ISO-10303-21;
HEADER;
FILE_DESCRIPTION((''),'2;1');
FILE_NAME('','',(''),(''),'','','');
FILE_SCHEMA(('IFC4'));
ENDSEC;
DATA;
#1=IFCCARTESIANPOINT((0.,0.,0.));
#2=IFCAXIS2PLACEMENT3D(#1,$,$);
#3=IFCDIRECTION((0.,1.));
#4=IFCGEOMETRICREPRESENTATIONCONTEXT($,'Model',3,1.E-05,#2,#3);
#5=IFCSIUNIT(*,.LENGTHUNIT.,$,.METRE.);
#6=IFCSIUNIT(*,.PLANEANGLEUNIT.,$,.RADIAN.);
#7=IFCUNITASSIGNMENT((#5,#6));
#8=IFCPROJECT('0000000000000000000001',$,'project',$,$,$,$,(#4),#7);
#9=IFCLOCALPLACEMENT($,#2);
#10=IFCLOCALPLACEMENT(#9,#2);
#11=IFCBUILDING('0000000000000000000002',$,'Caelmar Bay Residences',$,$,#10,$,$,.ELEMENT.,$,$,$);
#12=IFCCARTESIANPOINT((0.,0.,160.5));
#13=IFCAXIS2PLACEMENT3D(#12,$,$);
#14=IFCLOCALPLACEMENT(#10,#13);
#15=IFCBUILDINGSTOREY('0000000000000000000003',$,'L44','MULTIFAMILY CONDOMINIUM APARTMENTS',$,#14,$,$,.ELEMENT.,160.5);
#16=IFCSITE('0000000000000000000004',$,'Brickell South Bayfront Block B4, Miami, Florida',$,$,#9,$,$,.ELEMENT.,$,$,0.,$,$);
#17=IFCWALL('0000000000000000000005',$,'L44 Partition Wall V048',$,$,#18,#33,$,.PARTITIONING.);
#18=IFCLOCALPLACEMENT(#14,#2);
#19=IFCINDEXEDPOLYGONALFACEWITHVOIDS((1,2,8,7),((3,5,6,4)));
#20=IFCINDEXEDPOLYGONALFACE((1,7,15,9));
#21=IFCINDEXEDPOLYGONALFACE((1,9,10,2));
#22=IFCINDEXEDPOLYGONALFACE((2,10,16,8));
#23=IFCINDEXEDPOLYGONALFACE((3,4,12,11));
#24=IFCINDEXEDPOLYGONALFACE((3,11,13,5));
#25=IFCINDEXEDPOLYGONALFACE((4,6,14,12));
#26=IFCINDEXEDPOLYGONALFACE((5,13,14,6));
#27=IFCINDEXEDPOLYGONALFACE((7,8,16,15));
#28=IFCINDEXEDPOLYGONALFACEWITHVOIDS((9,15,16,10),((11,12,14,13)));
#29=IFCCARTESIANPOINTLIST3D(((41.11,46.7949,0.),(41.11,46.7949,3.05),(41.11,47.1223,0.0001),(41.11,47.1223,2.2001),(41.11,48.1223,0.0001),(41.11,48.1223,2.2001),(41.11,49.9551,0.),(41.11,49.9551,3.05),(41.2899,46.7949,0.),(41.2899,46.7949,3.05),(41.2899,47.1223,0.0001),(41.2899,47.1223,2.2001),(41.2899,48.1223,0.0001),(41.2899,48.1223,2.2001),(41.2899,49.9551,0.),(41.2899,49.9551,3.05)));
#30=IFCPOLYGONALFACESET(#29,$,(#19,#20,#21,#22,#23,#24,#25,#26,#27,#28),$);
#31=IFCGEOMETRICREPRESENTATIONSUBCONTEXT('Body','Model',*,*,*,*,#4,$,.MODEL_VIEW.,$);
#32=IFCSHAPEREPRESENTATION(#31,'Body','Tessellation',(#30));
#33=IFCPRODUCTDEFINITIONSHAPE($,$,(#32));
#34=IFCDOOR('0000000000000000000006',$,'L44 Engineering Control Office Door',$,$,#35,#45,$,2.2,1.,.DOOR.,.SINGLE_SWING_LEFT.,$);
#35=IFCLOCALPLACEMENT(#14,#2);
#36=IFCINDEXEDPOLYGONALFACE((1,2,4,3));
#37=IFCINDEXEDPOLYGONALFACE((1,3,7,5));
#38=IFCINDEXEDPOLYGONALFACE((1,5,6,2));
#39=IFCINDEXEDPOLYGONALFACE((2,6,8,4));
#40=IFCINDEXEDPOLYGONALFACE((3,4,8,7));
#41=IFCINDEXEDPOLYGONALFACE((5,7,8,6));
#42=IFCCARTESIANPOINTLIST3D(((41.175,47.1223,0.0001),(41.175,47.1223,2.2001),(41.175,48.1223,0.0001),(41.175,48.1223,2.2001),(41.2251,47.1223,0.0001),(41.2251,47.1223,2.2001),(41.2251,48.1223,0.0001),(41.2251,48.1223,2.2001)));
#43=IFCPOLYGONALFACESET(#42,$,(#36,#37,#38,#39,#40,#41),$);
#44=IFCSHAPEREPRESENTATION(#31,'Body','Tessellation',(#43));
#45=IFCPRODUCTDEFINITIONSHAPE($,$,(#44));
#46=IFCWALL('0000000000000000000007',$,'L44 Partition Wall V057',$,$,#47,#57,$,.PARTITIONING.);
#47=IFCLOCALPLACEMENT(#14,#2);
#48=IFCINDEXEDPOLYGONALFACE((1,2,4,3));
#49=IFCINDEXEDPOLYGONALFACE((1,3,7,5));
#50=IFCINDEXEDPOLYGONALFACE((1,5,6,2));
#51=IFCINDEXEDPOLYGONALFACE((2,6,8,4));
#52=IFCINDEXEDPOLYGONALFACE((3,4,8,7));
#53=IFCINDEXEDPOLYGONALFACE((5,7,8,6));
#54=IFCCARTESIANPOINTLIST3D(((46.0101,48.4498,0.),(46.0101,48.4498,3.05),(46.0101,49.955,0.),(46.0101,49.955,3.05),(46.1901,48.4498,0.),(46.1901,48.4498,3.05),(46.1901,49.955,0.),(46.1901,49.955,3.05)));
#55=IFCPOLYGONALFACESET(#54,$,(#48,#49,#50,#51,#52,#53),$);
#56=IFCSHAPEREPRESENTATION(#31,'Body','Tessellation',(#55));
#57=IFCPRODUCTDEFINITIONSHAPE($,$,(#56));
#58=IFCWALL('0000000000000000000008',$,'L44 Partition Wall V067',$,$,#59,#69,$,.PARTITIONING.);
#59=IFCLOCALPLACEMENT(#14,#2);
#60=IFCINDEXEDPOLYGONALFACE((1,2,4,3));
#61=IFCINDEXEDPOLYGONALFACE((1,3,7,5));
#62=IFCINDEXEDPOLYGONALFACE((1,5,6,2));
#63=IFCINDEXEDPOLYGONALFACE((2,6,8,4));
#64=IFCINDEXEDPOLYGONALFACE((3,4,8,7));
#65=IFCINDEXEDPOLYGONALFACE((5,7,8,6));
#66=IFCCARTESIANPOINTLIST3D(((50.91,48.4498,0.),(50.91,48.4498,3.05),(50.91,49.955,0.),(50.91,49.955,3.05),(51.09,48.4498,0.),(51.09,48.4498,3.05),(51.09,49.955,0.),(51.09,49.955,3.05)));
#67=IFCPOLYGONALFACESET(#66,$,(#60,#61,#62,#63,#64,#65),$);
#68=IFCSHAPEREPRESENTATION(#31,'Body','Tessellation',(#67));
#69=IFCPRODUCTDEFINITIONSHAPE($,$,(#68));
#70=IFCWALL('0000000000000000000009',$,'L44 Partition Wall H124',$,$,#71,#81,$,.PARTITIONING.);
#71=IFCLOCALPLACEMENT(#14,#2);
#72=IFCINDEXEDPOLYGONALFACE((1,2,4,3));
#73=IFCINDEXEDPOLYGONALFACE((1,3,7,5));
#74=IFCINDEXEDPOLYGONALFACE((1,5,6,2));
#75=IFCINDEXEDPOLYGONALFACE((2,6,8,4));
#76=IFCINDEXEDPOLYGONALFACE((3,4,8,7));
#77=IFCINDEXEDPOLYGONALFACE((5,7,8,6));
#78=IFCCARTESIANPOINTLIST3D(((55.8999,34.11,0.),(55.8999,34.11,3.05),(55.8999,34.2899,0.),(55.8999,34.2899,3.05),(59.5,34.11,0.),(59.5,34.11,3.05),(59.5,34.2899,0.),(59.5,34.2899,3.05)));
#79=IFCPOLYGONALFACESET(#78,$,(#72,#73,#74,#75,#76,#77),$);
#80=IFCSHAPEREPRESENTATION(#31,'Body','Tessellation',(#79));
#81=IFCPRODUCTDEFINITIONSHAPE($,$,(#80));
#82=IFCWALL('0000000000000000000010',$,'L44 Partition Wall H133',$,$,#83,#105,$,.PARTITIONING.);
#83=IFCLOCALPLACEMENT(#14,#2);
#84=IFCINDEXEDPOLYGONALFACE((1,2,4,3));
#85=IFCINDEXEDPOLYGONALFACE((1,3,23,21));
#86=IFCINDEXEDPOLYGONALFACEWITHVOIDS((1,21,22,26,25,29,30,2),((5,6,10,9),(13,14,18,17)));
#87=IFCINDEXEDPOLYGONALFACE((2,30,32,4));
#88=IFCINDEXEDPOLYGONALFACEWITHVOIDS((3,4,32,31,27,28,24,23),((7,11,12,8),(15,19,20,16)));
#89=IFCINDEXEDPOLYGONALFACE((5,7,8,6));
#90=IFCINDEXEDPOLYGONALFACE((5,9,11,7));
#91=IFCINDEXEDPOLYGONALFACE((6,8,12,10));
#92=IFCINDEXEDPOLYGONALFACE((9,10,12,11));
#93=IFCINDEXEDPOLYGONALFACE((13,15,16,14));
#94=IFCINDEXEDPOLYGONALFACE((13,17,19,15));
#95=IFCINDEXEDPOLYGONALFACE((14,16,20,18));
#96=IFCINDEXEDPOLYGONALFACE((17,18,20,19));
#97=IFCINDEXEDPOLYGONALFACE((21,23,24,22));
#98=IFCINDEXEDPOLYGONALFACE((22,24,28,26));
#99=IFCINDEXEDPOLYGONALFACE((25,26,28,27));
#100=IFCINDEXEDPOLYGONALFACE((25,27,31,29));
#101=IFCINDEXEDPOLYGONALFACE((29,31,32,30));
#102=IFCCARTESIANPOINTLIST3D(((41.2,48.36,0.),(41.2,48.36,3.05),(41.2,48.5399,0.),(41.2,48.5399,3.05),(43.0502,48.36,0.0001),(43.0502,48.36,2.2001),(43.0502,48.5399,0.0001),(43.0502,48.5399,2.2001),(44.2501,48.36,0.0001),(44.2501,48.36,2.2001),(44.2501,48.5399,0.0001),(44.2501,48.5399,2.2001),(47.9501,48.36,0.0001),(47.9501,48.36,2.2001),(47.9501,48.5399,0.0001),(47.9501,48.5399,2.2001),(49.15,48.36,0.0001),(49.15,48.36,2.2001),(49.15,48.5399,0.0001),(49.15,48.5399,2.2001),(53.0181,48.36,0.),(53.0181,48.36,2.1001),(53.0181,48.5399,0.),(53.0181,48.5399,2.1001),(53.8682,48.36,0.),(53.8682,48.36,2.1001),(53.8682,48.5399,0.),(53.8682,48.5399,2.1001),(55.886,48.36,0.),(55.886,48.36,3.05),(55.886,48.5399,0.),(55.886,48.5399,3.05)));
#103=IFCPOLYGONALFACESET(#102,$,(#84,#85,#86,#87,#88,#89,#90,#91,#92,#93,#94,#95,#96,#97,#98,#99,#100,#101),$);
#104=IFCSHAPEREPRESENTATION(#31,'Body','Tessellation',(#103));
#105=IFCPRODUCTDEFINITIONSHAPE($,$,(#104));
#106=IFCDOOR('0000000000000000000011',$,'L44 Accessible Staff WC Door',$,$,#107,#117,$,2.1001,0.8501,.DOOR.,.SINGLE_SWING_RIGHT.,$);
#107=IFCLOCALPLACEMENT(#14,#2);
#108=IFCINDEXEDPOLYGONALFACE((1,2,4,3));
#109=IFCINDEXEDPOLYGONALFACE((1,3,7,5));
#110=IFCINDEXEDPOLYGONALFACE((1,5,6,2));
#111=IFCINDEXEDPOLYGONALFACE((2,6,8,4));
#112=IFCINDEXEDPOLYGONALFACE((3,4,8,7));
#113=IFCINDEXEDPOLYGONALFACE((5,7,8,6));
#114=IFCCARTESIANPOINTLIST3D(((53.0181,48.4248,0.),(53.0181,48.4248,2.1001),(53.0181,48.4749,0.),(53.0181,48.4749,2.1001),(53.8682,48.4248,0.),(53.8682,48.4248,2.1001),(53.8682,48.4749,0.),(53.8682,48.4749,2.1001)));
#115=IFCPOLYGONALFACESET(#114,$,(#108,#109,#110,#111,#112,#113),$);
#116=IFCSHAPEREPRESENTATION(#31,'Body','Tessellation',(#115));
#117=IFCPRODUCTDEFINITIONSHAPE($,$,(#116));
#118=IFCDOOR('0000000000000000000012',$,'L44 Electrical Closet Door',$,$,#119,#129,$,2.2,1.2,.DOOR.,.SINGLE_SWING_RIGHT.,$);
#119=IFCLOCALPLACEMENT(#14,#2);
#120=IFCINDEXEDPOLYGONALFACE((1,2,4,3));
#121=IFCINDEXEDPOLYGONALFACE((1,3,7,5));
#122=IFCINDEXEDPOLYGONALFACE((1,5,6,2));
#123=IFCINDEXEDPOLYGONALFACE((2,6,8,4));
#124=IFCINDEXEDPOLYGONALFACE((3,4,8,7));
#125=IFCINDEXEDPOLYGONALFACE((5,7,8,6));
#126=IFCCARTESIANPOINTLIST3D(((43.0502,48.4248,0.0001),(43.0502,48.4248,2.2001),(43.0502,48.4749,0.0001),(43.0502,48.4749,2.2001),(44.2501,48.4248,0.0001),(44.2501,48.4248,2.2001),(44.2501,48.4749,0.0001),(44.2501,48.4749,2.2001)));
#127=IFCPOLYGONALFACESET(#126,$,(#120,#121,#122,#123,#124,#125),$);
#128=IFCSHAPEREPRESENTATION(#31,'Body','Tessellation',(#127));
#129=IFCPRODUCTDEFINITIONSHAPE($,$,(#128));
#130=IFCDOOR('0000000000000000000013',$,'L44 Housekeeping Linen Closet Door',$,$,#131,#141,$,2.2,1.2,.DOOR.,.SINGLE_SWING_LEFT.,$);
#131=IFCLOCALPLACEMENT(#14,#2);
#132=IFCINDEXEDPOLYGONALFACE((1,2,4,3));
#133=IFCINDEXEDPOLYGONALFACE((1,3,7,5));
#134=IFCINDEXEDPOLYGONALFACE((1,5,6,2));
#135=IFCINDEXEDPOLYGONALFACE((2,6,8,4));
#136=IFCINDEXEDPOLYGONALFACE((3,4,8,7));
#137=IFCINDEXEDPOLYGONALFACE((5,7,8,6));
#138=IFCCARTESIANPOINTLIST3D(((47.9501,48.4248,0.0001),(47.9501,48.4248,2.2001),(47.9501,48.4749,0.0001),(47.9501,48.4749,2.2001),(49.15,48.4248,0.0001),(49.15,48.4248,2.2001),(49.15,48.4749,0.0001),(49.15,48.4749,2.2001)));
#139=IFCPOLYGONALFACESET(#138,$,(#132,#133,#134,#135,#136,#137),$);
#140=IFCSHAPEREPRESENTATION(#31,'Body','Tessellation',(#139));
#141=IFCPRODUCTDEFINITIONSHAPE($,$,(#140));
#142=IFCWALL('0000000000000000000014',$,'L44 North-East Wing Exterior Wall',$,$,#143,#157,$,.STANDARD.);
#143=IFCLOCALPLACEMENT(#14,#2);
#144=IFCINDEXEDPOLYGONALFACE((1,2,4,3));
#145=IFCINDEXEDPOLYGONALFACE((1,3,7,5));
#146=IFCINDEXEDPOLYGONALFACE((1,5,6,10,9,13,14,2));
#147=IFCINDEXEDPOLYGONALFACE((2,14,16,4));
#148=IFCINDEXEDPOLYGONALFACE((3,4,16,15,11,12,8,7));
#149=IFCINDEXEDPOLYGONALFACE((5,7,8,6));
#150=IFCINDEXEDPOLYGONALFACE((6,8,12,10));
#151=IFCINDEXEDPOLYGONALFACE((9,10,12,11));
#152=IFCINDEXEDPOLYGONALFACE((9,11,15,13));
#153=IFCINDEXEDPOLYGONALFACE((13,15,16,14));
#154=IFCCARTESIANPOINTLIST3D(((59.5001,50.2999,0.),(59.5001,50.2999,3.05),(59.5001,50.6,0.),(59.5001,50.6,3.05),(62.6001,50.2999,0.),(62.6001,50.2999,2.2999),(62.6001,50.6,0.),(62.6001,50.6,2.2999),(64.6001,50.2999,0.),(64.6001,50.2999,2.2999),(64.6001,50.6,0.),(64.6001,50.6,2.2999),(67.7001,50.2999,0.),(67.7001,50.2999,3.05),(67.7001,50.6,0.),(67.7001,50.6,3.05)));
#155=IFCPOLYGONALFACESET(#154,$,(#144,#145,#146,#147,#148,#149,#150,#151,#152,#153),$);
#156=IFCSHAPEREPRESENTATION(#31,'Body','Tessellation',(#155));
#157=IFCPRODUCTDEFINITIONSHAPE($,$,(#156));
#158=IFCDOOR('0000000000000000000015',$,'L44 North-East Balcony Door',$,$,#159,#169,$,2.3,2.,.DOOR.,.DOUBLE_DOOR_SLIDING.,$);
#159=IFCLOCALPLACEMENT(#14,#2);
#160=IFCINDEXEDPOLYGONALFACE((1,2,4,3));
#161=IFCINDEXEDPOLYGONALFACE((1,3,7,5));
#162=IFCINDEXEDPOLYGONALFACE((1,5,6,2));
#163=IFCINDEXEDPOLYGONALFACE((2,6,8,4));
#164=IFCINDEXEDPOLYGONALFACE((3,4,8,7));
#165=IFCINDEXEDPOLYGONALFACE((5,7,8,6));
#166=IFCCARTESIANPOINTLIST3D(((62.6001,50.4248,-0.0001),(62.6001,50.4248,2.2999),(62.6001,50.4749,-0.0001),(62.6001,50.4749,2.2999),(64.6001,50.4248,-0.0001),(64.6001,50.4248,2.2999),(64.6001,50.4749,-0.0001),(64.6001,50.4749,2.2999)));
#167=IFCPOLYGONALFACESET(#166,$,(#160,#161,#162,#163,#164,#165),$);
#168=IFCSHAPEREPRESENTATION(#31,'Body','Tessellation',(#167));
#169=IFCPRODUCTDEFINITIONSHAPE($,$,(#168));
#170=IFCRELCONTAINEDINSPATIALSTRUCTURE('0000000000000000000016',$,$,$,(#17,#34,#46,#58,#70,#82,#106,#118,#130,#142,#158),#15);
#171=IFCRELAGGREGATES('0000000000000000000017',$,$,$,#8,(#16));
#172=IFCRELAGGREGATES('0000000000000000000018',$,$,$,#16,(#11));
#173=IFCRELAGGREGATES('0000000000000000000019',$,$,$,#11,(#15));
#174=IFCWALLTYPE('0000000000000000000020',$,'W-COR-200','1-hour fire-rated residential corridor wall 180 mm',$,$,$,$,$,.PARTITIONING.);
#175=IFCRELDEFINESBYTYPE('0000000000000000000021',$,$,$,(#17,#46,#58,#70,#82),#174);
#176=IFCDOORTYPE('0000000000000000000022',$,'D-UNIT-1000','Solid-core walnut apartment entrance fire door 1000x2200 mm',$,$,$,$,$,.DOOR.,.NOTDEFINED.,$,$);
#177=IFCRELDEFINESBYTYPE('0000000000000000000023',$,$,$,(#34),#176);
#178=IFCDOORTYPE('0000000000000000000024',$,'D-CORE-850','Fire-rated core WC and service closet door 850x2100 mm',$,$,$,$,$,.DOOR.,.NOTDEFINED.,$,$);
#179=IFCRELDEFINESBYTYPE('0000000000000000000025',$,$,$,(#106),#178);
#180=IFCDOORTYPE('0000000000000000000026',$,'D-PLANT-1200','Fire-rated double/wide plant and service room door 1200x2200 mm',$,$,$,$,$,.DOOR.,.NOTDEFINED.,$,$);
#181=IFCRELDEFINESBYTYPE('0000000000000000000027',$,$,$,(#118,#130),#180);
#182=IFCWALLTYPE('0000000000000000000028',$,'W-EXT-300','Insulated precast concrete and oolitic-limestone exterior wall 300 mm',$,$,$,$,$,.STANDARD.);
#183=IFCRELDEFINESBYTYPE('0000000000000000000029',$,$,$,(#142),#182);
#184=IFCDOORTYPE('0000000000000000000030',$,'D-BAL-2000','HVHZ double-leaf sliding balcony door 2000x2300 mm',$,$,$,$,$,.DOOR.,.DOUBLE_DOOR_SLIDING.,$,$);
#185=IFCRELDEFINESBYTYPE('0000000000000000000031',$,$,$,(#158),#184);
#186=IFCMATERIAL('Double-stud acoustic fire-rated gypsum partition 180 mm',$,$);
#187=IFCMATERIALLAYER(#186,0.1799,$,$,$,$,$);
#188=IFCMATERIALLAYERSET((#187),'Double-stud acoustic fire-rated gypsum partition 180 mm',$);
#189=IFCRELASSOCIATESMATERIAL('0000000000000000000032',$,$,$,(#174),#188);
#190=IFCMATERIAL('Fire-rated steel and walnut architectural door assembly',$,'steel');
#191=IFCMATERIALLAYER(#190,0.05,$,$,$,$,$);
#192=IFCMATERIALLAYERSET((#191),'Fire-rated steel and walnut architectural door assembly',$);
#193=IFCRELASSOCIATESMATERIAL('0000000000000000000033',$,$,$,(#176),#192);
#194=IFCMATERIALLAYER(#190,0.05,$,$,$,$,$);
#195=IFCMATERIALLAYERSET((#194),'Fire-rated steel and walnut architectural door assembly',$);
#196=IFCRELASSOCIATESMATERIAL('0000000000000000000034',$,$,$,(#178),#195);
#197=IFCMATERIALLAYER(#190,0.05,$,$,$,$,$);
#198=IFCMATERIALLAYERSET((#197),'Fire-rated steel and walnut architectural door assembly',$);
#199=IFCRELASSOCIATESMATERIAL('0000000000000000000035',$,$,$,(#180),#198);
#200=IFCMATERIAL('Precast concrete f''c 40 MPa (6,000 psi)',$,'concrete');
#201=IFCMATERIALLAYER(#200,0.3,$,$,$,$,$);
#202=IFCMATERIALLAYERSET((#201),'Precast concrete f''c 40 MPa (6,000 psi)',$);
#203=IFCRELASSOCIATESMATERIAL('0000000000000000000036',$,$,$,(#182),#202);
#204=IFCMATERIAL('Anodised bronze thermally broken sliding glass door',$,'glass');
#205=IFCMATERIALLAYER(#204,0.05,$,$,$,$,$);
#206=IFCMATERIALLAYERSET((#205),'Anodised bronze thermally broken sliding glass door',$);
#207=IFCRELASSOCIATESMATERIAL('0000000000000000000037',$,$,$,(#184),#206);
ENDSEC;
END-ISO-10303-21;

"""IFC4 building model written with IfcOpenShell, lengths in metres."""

from ifc_helpers import new_model, si_unit, direction, frame, frame_2d, origin, place, context, subcontext, project, spatial, rectangle, extrude, material, layer, layer_set, type_object, element, fill, save


model = new_model("IFC4")

# Units and contexts
model_context = context("Model", 3, precision=1e-05, world=origin(), true_north=direction((0.0, 1.0)))
body_context = subcontext(model_context, "Body", "Model", "MODEL_VIEW")
ifc_project = project(units=[si_unit("LENGTHUNIT", "METRE"), si_unit("PLANEANGLEUNIT", "RADIAN")], contexts=[model_context])

# Site, building, storey
site_placement = place(None, origin())
site = spatial("IfcSite", under=ifc_project, at=site_placement, Name="Brickell South Bayfront Block B4, Miami, Florida", CompositionType="ELEMENT", RefElevation=0.0)
building_placement = place(site_placement, origin())
building = spatial("IfcBuilding", under=site, at=building_placement, Name="Caelmar Bay Residences", CompositionType="ELEMENT")
storey_placement = place(building_placement, frame((0.0, 0.0, 160.5)))
storey = spatial("IfcBuildingStorey", under=building, at=storey_placement, Name="L44", Description="MULTIFAMILY CONDOMINIUM APARTMENTS", CompositionType="ELEMENT", Elevation=160.5)

# Wall, opening, door
ifc_material_1 = material(Name="Fire-rated steel and walnut architectural door assembly", Category="steel")
ifc_material_2 = material(Name="Double-stud acoustic fire-rated gypsum partition 180 mm")
ifc_layer_1 = layer(ifc_material_2, 0.1799)
ifc_layer_set_1 = layer_set([ifc_layer_1], Name="Double-stud acoustic fire-rated gypsum partition 180 mm")
wall_type_1 = type_object("IfcWallType", Name="W-COR-200", Description="1-hour fire-rated residential corridor wall 180 mm", PredefinedType="PARTITIONING", material=ifc_layer_set_1)
wall_1_placement = place(storey_placement, frame((41.2, 46.7949, 0.0), z_axis=(0.0, 0.0, 1.0), x_axis=(0.0, 1.0, 0.0)))
wall_1 = element("IfcWall", 1, at=wall_1_placement, inside=storey, type_object=wall_type_1, Name="L44 Partition Wall V048", PredefinedType="PARTITIONING", context=body_context, shape_type="SweptSolid", body=[
    extrude(rectangle(XDim=3.1602, YDim=0.1799, at=frame_2d((1.5801, 0.0))), origin(), (0.0, 0.0, 1.0), 3.05),
])
opening_1_placement = place(wall_1_placement, frame((0.3274, 0.0, 0.0)))
opening_1 = element("IfcOpeningElement", 2, at=opening_1_placement, cuts=wall_1, PredefinedType="OPENING", context=body_context, shape_type="SweptSolid", body=[
    extrude(rectangle(XDim=1.0, YDim=2.2, at=frame_2d((0.5, 1.1001))), frame((0.0, 0.0999, 0.0), z_axis=(0.0, -1.0, 0.0), x_axis=(1.0, 0.0, 0.0)), (0.0, 0.0, 1.0), 0.2),
])
ifc_layer_2 = layer(ifc_material_1, 0.05)
ifc_layer_set_2 = layer_set([ifc_layer_2], Name="Fire-rated steel and walnut architectural door assembly")
door_type_1 = type_object("IfcDoorType", Name="D-UNIT-1000", Description="Solid-core walnut apartment entrance fire door 1000x2200 mm", OperationType="NOTDEFINED", PredefinedType="DOOR", material=ifc_layer_set_2)
door_1_placement = place(opening_1_placement, origin())
door_1 = element("IfcDoor", 3, at=door_1_placement, inside=storey, type_object=door_type_1, Name="L44 Engineering Control Office Door", OperationType="SINGLE_SWING_LEFT", OverallHeight=2.2, OverallWidth=1.0, PredefinedType="DOOR", context=body_context, shape_type="SweptSolid", body=[
    extrude(rectangle(XDim=1.0, YDim=2.2, at=frame_2d((0.5, 1.1001))), frame((0.0, 0.0249, 0.0), z_axis=(0.0, -1.0, 0.0), x_axis=(1.0, 0.0, 0.0)), (0.0, 0.0, 1.0), 0.05),
])
fill(opening_1, door_1)

# Walls
for number, where, z_axis, x_axis, name in (
    (4, (46.1001, 48.45, 0.0), (0.0, 0.0, 1.0), (0.0, 1.0, 0.0), "L44 Partition Wall V057"),
    (5, (51.0, 48.45, 0.0), (0.0, 0.0, 1.0), (0.0, 1.0, 0.0), "L44 Partition Wall V067"),
):
    element("IfcWall", number, at=place(storey_placement, frame(where, z_axis=z_axis, x_axis=x_axis)), inside=storey, type_object=wall_type_1, Name=name, PredefinedType="PARTITIONING", context=body_context, shape_type="SweptSolid", body=[
        extrude(rectangle(XDim=1.5051, YDim=0.1799, at=frame_2d((0.7524, 0.0))), origin(), (0.0, 0.0, 1.0), 3.05),
    ])
wall_2_placement = place(storey_placement, frame((55.8999, 34.2, 0.0), z_axis=(0.0, 0.0, 1.0), x_axis=(1.0, 0.0, 0.0)))
element("IfcWall", 6, at=wall_2_placement, inside=storey, type_object=wall_type_1, Name="L44 Partition Wall H124", PredefinedType="PARTITIONING", context=body_context, shape_type="SweptSolid", body=[
    extrude(rectangle(XDim=3.6001, YDim=0.1799, at=frame_2d((1.8, 0.0))), origin(), (0.0, 0.0, 1.0), 3.05),
])

# Wall, openings, doors
wall_3_placement = place(storey_placement, frame((41.2, 48.45, 0.0), z_axis=(0.0, 0.0, 1.0), x_axis=(1.0, 0.0, 0.0)))
wall_3 = element("IfcWall", 7, at=wall_3_placement, inside=storey, type_object=wall_type_1, Name="L44 Partition Wall H133", PredefinedType="PARTITIONING", context=body_context, shape_type="SweptSolid", body=[
    extrude(rectangle(XDim=14.686, YDim=0.1799, at=frame_2d((7.343, 0.0))), origin(), (0.0, 0.0, 1.0), 3.05),
])
opening_2_placement = place(wall_3_placement, frame((1.8501, 0.0, 0.0)))
opening_2 = element("IfcOpeningElement", 8, at=opening_2_placement, cuts=wall_3, PredefinedType="OPENING", context=body_context, shape_type="SweptSolid", body=[
    extrude(rectangle(XDim=1.2, YDim=2.2, at=frame_2d((0.6001, 1.1001))), frame((0.0, 0.0999, 0.0), z_axis=(0.0, -1.0, 0.0), x_axis=(1.0, 0.0, 0.0)), (0.0, 0.0, 1.0), 0.2),
])
opening_3_placement = place(wall_3_placement, frame((6.75, 0.0, 0.0)))
opening_3 = element("IfcOpeningElement", 9, at=opening_3_placement, cuts=wall_3, PredefinedType="OPENING", context=body_context, shape_type="SweptSolid", body=[
    extrude(rectangle(XDim=1.2, YDim=2.2, at=frame_2d((0.6001, 1.1001))), frame((0.0, 0.0999, 0.0), z_axis=(0.0, -1.0, 0.0), x_axis=(1.0, 0.0, 0.0)), (0.0, 0.0, 1.0), 0.2),
])
opening_4_placement = place(wall_3_placement, frame((11.8181, 0.0, 0.0)))
opening_4 = element("IfcOpeningElement", 10, at=opening_4_placement, cuts=wall_3, PredefinedType="OPENING", context=body_context, shape_type="SweptSolid", body=[
    extrude(rectangle(XDim=0.8501, YDim=2.1001, at=frame_2d((0.425, 1.05))), frame((0.0, 0.0999, 0.0), z_axis=(0.0, -1.0, 0.0), x_axis=(1.0, 0.0, 0.0)), (0.0, 0.0, 1.0), 0.2),
])
ifc_layer_3 = layer(ifc_material_1, 0.05)
ifc_layer_set_3 = layer_set([ifc_layer_3], Name="Fire-rated steel and walnut architectural door assembly")
door_type_2 = type_object("IfcDoorType", Name="D-CORE-850", Description="Fire-rated core WC and service closet door 850x2100 mm", OperationType="NOTDEFINED", PredefinedType="DOOR", material=ifc_layer_set_3)
door_2_placement = place(opening_4_placement, origin())
door_2 = element("IfcDoor", 11, at=door_2_placement, inside=storey, type_object=door_type_2, Name="L44 Accessible Staff WC Door", OperationType="SINGLE_SWING_RIGHT", OverallHeight=2.1001, OverallWidth=0.8501, PredefinedType="DOOR", context=body_context, shape_type="SweptSolid", body=[
    extrude(rectangle(XDim=0.8501, YDim=2.1001, at=frame_2d((0.425, 1.05))), frame((0.0, 0.0249, 0.0), z_axis=(0.0, -1.0, 0.0), x_axis=(1.0, 0.0, 0.0)), (0.0, 0.0, 1.0), 0.05),
])
fill(opening_4, door_2)
ifc_layer_4 = layer(ifc_material_1, 0.05)
ifc_layer_set_4 = layer_set([ifc_layer_4], Name="Fire-rated steel and walnut architectural door assembly")
door_type_3 = type_object("IfcDoorType", Name="D-PLANT-1200", Description="Fire-rated double/wide plant and service room door 1200x2200 mm", OperationType="NOTDEFINED", PredefinedType="DOOR", material=ifc_layer_set_4)
door_3_placement = place(opening_2_placement, origin())
door_3 = element("IfcDoor", 12, at=door_3_placement, inside=storey, type_object=door_type_3, Name="L44 Electrical Closet Door", OperationType="SINGLE_SWING_RIGHT", OverallHeight=2.2, OverallWidth=1.2, PredefinedType="DOOR", context=body_context, shape_type="SweptSolid", body=[
    extrude(rectangle(XDim=1.2, YDim=2.2, at=frame_2d((0.6001, 1.1001))), frame((0.0, 0.0249, 0.0), z_axis=(0.0, -1.0, 0.0), x_axis=(1.0, 0.0, 0.0)), (0.0, 0.0, 1.0), 0.05),
])
fill(opening_2, door_3)
door_4_placement = place(opening_3_placement, origin())
door_4 = element("IfcDoor", 13, at=door_4_placement, inside=storey, type_object=door_type_3, Name="L44 Housekeeping Linen Closet Door", OperationType="SINGLE_SWING_LEFT", OverallHeight=2.2, OverallWidth=1.2, PredefinedType="DOOR", context=body_context, shape_type="SweptSolid", body=[
    extrude(rectangle(XDim=1.2, YDim=2.2, at=frame_2d((0.6001, 1.1001))), frame((0.0, 0.0249, 0.0), z_axis=(0.0, -1.0, 0.0), x_axis=(1.0, 0.0, 0.0)), (0.0, 0.0, 1.0), 0.05),
])
fill(opening_3, door_4)

# Wall, opening, door
ifc_material_3 = material(Name="Precast concrete f'c 40 MPa (6,000 psi)", Category="concrete")
ifc_layer_5 = layer(ifc_material_3, 0.3)
ifc_layer_set_5 = layer_set([ifc_layer_5], Name="Precast concrete f'c 40 MPa (6,000 psi)")
wall_type_2 = type_object("IfcWallType", Name="W-EXT-300", Description="Insulated precast concrete and oolitic-limestone exterior wall 300 mm", PredefinedType="STANDARD", material=ifc_layer_set_5)
wall_4_placement = place(storey_placement, frame((59.5, 50.45, 0.0), z_axis=(0.0, 0.0, 1.0), x_axis=(1.0, 0.0, 0.0)))
wall_4 = element("IfcWall", 14, at=wall_4_placement, inside=storey, type_object=wall_type_2, Name="L44 North-East Wing Exterior Wall", PredefinedType="STANDARD", context=body_context, shape_type="SweptSolid", body=[
    extrude(rectangle(XDim=8.2, YDim=0.3, at=frame_2d((4.1001, 0.0))), origin(), (0.0, 0.0, 1.0), 3.05),
])
opening_5_placement = place(wall_4_placement, frame((3.1001, 0.0, 0.0)))
opening_5 = element("IfcOpeningElement", 15, at=opening_5_placement, cuts=wall_4, PredefinedType="OPENING", context=body_context, shape_type="SweptSolid", body=[
    extrude(rectangle(XDim=2.0, YDim=2.3, at=frame_2d((1.0, 1.1499))), frame((0.0, 0.1599, 0.0), z_axis=(0.0, -1.0, 0.0), x_axis=(1.0, 0.0, 0.0)), (0.0, 0.0, 1.0), 0.3201),
])
ifc_material_4 = material(Name="Anodised bronze thermally broken sliding glass door", Category="glass")
ifc_layer_6 = layer(ifc_material_4, 0.05)
ifc_layer_set_6 = layer_set([ifc_layer_6], Name="Anodised bronze thermally broken sliding glass door")
door_type_4 = type_object("IfcDoorType", Name="D-BAL-2000", Description="HVHZ double-leaf sliding balcony door 2000x2300 mm", OperationType="DOUBLE_DOOR_SLIDING", PredefinedType="DOOR", material=ifc_layer_set_6)
door_5_placement = place(opening_5_placement, origin())
door_5 = element("IfcDoor", 16, at=door_5_placement, inside=storey, type_object=door_type_4, Name="L44 North-East Balcony Door", OperationType="DOUBLE_DOOR_SLIDING", OverallHeight=2.3, OverallWidth=2.0, PredefinedType="DOOR", context=body_context, shape_type="SweptSolid", body=[
    extrude(rectangle(XDim=2.0, YDim=2.3, at=frame_2d((1.0, 1.1499))), frame((0.0, 0.0249, 0.0), z_axis=(0.0, -1.0, 0.0), x_axis=(1.0, 0.0, 0.0)), (0.0, 0.0, 1.0), 0.05),
])
fill(opening_5, door_5)

save(model, "model.ifc")
